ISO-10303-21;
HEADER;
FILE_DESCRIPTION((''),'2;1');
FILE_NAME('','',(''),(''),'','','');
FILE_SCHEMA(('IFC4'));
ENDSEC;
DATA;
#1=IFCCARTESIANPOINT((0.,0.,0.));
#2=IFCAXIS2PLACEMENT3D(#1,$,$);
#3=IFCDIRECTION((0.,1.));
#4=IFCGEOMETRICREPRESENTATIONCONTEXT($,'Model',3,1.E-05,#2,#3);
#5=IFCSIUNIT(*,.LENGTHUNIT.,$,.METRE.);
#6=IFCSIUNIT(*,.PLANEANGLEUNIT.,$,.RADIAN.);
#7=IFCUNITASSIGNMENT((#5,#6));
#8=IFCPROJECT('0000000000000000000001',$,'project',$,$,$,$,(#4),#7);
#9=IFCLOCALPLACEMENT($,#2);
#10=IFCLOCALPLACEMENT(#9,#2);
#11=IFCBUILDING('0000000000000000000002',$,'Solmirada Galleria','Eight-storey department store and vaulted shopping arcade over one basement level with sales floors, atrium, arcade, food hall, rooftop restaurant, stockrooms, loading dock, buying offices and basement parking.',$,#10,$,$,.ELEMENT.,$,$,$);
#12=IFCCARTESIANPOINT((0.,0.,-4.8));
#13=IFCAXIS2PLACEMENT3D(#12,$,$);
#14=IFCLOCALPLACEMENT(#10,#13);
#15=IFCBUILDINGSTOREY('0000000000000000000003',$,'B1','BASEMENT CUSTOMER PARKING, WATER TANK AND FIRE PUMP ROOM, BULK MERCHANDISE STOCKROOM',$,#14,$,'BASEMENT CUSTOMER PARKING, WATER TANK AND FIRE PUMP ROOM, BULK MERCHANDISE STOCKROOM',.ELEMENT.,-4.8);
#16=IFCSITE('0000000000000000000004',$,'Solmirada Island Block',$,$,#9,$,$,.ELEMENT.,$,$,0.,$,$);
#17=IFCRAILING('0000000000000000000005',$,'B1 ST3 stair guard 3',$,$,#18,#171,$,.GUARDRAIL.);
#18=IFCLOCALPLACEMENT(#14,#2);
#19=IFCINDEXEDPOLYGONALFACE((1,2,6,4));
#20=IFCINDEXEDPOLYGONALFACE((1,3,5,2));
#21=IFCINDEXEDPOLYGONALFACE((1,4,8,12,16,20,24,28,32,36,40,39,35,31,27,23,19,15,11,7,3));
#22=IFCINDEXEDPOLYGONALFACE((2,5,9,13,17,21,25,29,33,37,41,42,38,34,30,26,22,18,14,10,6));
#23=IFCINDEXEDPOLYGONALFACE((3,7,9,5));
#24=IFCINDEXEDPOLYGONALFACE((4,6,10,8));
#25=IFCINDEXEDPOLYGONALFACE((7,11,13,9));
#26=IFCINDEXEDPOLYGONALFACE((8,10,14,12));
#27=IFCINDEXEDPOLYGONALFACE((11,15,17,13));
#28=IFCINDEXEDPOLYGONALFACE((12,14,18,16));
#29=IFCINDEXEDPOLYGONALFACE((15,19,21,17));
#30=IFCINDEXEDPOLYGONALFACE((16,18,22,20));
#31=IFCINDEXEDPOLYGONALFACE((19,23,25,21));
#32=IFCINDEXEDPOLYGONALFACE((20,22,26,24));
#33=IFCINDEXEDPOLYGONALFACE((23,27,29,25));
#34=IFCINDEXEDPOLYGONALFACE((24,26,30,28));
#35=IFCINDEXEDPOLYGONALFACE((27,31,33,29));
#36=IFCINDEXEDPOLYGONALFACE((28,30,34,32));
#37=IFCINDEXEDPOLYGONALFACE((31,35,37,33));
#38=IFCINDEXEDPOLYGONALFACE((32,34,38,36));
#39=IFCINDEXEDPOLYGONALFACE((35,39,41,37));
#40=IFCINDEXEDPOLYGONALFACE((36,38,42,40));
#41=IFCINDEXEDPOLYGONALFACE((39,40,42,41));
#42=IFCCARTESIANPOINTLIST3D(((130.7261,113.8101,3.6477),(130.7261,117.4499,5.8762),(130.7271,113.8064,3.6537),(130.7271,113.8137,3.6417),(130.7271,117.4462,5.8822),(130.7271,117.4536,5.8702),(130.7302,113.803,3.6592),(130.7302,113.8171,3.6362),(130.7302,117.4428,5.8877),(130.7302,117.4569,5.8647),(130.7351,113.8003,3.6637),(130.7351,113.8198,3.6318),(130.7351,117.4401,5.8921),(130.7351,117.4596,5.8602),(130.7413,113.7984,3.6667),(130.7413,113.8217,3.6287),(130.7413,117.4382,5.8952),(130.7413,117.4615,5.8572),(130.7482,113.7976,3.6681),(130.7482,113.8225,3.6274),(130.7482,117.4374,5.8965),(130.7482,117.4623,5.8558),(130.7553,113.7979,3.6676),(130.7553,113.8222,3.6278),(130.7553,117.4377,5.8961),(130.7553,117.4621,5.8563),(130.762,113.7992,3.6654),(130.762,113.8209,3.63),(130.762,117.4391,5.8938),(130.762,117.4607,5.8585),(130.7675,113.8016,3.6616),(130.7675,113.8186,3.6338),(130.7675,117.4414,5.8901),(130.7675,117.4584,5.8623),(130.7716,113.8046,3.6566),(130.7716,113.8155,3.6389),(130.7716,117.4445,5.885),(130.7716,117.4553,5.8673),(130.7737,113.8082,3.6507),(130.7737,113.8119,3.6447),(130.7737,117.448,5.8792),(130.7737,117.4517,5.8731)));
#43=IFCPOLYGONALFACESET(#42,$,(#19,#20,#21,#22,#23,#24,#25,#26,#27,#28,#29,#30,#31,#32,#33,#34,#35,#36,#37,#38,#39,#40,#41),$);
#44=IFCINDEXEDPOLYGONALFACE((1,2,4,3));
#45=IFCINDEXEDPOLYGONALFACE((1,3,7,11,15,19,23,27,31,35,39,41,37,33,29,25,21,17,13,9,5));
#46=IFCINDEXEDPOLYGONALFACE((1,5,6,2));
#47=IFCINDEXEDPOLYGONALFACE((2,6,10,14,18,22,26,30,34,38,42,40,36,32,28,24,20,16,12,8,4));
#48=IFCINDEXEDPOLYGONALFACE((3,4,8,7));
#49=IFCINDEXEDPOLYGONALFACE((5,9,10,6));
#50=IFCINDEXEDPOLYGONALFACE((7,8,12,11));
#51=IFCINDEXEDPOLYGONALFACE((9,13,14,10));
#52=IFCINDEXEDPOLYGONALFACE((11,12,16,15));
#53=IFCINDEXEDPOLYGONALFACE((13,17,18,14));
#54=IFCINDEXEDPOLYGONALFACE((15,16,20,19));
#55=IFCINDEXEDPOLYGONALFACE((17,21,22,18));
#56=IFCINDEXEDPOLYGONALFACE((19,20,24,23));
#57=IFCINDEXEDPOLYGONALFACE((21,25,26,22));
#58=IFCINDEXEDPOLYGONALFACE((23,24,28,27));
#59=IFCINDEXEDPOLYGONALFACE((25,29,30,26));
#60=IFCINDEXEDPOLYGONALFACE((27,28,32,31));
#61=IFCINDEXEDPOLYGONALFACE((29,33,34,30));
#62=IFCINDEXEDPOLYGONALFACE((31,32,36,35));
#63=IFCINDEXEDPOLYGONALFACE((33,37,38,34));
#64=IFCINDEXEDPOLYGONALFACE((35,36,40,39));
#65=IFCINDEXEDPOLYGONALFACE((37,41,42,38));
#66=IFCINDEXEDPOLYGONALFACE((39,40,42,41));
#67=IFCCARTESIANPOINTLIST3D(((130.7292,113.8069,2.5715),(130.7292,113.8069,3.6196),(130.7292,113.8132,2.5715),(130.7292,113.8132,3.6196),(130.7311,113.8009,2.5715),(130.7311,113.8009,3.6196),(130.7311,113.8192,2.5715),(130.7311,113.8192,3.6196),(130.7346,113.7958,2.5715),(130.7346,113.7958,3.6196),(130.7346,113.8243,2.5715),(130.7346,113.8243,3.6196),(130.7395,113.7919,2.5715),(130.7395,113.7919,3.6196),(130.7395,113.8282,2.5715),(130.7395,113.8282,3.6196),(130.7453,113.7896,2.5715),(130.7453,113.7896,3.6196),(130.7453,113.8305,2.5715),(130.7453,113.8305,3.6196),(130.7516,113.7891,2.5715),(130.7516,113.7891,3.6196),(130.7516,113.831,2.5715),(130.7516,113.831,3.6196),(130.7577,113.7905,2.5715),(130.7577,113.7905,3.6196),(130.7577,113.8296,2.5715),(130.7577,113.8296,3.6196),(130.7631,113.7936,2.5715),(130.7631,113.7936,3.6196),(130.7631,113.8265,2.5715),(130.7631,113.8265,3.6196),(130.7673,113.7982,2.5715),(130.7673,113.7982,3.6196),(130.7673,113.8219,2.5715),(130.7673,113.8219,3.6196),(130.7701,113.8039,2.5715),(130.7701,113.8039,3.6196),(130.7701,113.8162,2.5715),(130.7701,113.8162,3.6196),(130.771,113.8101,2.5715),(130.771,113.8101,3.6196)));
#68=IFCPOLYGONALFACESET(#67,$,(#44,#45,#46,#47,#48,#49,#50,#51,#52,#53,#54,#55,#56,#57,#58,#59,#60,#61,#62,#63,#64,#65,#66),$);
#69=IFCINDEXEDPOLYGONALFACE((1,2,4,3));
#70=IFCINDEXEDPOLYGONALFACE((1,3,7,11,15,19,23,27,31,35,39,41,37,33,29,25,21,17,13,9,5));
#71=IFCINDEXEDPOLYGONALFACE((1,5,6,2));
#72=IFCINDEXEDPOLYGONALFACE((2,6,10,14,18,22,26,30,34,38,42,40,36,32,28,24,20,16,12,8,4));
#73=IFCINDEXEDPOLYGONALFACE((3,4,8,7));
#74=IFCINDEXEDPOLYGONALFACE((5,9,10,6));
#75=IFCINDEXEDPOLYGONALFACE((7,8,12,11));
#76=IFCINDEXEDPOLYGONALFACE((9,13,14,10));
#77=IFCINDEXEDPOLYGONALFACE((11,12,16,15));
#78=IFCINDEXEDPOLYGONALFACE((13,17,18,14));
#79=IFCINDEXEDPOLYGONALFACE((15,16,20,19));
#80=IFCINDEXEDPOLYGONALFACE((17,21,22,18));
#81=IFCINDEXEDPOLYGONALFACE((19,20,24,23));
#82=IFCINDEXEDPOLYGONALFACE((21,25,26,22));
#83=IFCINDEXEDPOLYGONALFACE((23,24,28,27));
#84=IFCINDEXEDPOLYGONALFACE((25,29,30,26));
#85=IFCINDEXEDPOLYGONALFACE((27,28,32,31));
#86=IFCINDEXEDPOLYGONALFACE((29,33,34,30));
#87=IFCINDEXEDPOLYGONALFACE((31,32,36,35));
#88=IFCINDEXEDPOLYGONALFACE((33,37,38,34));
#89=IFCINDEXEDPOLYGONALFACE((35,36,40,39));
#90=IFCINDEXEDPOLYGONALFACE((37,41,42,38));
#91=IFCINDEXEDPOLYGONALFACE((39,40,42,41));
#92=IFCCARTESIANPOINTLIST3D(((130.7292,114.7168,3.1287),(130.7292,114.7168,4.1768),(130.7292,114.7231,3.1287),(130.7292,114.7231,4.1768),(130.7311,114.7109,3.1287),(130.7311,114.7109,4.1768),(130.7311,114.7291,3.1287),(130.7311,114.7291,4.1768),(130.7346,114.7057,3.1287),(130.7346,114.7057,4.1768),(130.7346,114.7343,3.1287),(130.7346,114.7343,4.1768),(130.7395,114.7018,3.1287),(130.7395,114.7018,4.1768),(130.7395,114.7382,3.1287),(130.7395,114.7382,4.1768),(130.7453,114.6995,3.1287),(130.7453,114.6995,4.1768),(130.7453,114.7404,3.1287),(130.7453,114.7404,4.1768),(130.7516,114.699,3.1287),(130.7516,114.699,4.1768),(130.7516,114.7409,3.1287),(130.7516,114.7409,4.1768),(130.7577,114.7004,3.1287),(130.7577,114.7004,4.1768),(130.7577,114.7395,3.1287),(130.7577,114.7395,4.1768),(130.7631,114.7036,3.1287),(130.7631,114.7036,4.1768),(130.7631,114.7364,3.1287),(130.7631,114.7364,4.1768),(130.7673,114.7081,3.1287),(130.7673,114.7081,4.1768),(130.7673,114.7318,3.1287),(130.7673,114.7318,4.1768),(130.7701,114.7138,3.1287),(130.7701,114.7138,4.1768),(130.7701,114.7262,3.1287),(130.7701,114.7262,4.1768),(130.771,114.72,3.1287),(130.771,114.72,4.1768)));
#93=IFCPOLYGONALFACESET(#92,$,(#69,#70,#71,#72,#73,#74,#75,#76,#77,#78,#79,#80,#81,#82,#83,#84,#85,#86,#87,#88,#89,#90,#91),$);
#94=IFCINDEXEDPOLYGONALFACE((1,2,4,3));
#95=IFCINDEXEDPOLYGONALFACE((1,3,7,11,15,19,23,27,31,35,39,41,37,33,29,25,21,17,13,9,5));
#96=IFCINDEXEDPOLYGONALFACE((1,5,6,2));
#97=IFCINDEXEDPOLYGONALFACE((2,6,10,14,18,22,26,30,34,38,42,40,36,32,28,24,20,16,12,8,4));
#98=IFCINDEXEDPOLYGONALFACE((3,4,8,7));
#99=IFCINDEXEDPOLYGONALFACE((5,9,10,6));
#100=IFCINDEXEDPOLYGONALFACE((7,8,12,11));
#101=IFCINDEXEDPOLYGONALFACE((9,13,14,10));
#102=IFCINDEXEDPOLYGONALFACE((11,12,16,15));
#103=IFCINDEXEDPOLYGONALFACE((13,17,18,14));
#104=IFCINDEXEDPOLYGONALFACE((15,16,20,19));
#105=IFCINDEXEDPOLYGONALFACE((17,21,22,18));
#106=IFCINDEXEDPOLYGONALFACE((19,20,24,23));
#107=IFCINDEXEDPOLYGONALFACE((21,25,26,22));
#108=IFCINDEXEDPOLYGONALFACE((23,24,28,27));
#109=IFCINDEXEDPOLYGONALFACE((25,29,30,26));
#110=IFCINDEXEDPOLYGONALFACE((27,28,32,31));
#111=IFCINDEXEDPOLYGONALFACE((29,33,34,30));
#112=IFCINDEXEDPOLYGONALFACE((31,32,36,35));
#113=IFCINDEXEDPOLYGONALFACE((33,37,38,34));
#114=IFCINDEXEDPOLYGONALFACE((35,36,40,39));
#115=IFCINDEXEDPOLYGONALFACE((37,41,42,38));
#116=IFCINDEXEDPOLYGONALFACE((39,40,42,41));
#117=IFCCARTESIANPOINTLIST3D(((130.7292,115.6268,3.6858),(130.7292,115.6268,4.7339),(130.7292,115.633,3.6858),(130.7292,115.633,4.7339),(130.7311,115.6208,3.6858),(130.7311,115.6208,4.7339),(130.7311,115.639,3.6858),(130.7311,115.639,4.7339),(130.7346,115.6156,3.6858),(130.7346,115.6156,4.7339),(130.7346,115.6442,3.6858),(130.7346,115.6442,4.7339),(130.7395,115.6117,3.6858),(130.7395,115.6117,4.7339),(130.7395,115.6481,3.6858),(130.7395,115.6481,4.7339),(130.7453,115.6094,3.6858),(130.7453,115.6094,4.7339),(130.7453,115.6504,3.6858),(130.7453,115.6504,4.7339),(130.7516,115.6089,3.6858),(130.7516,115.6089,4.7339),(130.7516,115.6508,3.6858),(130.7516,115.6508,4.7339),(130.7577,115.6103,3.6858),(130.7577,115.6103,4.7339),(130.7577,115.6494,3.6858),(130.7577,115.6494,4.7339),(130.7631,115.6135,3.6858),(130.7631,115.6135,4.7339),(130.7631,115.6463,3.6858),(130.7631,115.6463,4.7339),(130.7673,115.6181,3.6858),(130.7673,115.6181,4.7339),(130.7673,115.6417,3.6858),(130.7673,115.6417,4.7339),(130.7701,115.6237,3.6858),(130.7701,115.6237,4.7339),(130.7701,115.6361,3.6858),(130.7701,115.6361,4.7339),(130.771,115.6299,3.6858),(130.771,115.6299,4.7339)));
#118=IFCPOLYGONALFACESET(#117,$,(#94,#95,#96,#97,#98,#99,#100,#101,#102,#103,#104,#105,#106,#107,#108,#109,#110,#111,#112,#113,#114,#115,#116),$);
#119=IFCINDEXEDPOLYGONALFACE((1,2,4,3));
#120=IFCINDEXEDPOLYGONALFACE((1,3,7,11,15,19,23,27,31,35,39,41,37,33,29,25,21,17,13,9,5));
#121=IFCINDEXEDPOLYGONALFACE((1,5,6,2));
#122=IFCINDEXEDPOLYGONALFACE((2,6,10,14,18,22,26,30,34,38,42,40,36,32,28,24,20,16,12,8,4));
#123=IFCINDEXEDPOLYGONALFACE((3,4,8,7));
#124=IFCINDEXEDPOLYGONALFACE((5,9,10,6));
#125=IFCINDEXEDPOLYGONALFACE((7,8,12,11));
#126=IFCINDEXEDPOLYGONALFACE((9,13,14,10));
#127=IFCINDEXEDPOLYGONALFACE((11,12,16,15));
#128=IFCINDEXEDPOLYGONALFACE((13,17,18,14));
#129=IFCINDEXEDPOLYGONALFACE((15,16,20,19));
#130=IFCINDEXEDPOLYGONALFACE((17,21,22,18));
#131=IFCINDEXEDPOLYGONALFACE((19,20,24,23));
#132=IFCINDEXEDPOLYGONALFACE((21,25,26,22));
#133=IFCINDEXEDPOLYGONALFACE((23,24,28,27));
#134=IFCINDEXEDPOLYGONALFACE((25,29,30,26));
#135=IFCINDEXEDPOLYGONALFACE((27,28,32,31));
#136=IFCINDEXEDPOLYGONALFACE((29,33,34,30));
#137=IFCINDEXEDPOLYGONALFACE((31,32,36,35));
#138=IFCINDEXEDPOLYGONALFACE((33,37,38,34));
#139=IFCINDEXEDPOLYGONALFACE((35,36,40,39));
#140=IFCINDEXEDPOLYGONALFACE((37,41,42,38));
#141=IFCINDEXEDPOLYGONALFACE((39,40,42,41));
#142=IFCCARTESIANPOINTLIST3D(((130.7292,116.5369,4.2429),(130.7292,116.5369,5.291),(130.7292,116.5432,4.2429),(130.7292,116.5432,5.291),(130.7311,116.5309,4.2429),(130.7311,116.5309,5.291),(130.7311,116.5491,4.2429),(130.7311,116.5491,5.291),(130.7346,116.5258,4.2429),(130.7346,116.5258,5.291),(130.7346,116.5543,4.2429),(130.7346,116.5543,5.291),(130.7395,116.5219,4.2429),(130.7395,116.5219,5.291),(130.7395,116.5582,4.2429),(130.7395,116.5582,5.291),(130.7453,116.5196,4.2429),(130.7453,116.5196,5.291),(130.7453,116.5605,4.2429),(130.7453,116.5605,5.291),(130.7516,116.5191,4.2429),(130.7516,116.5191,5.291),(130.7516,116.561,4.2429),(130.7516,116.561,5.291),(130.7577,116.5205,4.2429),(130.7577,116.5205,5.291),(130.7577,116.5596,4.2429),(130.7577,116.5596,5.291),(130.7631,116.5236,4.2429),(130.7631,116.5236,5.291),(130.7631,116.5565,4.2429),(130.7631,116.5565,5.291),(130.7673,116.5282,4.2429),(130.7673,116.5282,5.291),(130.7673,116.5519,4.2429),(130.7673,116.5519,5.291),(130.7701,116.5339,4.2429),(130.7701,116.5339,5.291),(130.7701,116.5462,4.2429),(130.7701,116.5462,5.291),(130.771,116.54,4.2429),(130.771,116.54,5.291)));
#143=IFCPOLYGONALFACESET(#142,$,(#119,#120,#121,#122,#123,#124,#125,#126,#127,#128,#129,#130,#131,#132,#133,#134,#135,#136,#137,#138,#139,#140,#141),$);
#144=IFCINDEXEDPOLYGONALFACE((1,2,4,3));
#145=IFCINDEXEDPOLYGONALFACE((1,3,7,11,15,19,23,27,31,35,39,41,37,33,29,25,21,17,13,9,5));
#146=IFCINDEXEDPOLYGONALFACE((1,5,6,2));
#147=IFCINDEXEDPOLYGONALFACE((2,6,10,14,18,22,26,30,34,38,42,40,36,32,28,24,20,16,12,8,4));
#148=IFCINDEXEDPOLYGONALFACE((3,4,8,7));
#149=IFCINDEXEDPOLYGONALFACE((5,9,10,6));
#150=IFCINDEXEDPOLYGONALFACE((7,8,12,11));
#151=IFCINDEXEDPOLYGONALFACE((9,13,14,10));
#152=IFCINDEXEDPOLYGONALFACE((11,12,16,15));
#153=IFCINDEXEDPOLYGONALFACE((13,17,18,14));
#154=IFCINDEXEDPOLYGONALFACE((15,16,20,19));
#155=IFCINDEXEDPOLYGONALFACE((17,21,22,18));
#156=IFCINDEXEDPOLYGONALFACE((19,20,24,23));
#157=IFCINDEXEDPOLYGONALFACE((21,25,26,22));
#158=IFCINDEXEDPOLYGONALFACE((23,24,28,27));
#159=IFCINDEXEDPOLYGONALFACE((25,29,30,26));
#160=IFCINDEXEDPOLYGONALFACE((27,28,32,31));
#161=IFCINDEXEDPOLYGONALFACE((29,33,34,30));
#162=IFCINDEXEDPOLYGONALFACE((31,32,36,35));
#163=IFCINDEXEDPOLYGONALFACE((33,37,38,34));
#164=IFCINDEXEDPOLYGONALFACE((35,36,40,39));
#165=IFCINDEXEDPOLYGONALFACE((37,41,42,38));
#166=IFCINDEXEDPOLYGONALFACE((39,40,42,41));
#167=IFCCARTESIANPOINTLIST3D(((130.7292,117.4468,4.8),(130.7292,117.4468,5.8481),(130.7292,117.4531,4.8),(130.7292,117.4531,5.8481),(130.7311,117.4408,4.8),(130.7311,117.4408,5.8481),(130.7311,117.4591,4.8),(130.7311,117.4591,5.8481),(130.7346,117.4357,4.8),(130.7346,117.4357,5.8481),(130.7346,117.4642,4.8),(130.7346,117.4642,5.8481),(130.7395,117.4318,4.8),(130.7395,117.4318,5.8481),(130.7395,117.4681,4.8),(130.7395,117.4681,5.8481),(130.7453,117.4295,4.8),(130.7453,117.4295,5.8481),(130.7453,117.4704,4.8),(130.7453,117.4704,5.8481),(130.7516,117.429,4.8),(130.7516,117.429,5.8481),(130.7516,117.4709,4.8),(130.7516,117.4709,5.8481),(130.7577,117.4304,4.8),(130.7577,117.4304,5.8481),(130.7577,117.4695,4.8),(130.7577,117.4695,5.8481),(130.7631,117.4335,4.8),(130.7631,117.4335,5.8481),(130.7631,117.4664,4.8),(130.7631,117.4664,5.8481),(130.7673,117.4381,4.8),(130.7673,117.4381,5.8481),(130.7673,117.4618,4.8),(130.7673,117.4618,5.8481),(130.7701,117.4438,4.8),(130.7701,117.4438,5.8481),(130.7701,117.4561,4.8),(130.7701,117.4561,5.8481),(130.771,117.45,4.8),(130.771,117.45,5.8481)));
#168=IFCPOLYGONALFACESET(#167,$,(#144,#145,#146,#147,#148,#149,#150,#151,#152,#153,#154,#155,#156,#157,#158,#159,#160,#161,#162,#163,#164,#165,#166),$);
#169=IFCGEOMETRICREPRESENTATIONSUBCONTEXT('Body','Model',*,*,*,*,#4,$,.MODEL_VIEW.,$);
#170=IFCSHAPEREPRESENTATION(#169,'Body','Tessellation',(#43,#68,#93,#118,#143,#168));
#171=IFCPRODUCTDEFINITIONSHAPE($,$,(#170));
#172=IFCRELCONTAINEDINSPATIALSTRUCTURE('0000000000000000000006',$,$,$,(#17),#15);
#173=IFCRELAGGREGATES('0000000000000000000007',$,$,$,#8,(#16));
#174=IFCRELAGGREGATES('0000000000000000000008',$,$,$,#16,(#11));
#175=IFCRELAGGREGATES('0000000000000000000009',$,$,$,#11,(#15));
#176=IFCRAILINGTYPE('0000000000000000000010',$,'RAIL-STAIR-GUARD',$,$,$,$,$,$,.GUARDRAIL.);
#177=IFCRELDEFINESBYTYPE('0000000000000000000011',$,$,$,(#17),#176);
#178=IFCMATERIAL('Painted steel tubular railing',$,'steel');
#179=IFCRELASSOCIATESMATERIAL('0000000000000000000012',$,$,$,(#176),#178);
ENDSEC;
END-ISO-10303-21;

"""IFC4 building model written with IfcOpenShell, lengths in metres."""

from ifc_helpers import new_model, si_unit, direction, frame, origin, origin_2d, place, context, subcontext, project, spatial, circle, extrude, material, type_object, element, save


model = new_model("IFC4")

# Units and contexts
model_context = context("Model", 3, precision=1e-05, world=origin(), true_north=direction((0.0, 1.0)))
body_context = subcontext(model_context, "Body", "Model", "MODEL_VIEW")
ifc_project = project(units=[si_unit("LENGTHUNIT", "METRE"), si_unit("PLANEANGLEUNIT", "RADIAN")], contexts=[model_context])

# Site, building, storey
site_placement = place(None, origin())
site = spatial("IfcSite", under=ifc_project, at=site_placement, Name="Solmirada Island Block", CompositionType="ELEMENT", RefElevation=0.0)
building_placement = place(site_placement, origin())
building = spatial("IfcBuilding", under=site, at=building_placement, Name="Solmirada Galleria", Description="Eight-storey department store and vaulted shopping arcade over one basement level with sales floors, atrium, arcade, food hall, rooftop restaurant, stockrooms, loading dock, buying offices and basement parking.", CompositionType="ELEMENT")
storey_placement = place(building_placement, frame((0.0, 0.0, -4.8)))
storey = spatial("IfcBuildingStorey", under=building, at=storey_placement, Name="B1", Description="BASEMENT CUSTOMER PARKING, WATER TANK AND FIRE PUMP ROOM, BULK MERCHANDISE STOCKROOM", LongName="BASEMENT CUSTOMER PARKING, WATER TANK AND FIRE PUMP ROOM, BULK MERCHANDISE STOCKROOM", CompositionType="ELEMENT", Elevation=-4.8)

# Railing
ifc_material_1 = material(Name="Painted steel tubular railing", Category="steel")
railing_type_1 = type_object("IfcRailingType", Name="RAIL-STAIR-GUARD", PredefinedType="GUARDRAIL", material=ifc_material_1)
railing_1_placement = place(storey_placement, frame((130.75, 113.8101, 2.5715)))
element("IfcRailing", 1, at=railing_1_placement, inside=storey, type_object=railing_type_1, Name="B1 ST3 stair guard 3", PredefinedType="GUARDRAIL", context=body_context, shape_type="SweptSolid", body=[
    extrude(circle(Radius=0.0239, at=origin_2d()), frame((0.0, 0.0, 1.0762), z_axis=(0.0, 0.85285, 0.522156), x_axis=(-1.0, 0.0, 0.0)), (0.0, 0.0, 1.0), 4.2678),
    extrude(circle(Radius=0.021, at=origin_2d()), origin(), (0.0, 0.0, 1.0), 1.0481),
    extrude(circle(Radius=0.021, at=origin_2d()), frame((0.0, 0.9099, 0.5571)), (0.0, 0.0, 1.0), 1.0481),
    extrude(circle(Radius=0.021, at=origin_2d()), frame((0.0, 1.8198, 1.1143)), (0.0, 0.0, 1.0), 1.0481),
    extrude(circle(Radius=0.021, at=origin_2d()), frame((0.0, 2.73, 1.6714)), (0.0, 0.0, 1.0), 1.0481),
    extrude(circle(Radius=0.021, at=origin_2d()), frame((0.0, 3.6399, 2.2285)), (0.0, 0.0, 1.0), 1.0481),
])

save(model, "model.ifc")
